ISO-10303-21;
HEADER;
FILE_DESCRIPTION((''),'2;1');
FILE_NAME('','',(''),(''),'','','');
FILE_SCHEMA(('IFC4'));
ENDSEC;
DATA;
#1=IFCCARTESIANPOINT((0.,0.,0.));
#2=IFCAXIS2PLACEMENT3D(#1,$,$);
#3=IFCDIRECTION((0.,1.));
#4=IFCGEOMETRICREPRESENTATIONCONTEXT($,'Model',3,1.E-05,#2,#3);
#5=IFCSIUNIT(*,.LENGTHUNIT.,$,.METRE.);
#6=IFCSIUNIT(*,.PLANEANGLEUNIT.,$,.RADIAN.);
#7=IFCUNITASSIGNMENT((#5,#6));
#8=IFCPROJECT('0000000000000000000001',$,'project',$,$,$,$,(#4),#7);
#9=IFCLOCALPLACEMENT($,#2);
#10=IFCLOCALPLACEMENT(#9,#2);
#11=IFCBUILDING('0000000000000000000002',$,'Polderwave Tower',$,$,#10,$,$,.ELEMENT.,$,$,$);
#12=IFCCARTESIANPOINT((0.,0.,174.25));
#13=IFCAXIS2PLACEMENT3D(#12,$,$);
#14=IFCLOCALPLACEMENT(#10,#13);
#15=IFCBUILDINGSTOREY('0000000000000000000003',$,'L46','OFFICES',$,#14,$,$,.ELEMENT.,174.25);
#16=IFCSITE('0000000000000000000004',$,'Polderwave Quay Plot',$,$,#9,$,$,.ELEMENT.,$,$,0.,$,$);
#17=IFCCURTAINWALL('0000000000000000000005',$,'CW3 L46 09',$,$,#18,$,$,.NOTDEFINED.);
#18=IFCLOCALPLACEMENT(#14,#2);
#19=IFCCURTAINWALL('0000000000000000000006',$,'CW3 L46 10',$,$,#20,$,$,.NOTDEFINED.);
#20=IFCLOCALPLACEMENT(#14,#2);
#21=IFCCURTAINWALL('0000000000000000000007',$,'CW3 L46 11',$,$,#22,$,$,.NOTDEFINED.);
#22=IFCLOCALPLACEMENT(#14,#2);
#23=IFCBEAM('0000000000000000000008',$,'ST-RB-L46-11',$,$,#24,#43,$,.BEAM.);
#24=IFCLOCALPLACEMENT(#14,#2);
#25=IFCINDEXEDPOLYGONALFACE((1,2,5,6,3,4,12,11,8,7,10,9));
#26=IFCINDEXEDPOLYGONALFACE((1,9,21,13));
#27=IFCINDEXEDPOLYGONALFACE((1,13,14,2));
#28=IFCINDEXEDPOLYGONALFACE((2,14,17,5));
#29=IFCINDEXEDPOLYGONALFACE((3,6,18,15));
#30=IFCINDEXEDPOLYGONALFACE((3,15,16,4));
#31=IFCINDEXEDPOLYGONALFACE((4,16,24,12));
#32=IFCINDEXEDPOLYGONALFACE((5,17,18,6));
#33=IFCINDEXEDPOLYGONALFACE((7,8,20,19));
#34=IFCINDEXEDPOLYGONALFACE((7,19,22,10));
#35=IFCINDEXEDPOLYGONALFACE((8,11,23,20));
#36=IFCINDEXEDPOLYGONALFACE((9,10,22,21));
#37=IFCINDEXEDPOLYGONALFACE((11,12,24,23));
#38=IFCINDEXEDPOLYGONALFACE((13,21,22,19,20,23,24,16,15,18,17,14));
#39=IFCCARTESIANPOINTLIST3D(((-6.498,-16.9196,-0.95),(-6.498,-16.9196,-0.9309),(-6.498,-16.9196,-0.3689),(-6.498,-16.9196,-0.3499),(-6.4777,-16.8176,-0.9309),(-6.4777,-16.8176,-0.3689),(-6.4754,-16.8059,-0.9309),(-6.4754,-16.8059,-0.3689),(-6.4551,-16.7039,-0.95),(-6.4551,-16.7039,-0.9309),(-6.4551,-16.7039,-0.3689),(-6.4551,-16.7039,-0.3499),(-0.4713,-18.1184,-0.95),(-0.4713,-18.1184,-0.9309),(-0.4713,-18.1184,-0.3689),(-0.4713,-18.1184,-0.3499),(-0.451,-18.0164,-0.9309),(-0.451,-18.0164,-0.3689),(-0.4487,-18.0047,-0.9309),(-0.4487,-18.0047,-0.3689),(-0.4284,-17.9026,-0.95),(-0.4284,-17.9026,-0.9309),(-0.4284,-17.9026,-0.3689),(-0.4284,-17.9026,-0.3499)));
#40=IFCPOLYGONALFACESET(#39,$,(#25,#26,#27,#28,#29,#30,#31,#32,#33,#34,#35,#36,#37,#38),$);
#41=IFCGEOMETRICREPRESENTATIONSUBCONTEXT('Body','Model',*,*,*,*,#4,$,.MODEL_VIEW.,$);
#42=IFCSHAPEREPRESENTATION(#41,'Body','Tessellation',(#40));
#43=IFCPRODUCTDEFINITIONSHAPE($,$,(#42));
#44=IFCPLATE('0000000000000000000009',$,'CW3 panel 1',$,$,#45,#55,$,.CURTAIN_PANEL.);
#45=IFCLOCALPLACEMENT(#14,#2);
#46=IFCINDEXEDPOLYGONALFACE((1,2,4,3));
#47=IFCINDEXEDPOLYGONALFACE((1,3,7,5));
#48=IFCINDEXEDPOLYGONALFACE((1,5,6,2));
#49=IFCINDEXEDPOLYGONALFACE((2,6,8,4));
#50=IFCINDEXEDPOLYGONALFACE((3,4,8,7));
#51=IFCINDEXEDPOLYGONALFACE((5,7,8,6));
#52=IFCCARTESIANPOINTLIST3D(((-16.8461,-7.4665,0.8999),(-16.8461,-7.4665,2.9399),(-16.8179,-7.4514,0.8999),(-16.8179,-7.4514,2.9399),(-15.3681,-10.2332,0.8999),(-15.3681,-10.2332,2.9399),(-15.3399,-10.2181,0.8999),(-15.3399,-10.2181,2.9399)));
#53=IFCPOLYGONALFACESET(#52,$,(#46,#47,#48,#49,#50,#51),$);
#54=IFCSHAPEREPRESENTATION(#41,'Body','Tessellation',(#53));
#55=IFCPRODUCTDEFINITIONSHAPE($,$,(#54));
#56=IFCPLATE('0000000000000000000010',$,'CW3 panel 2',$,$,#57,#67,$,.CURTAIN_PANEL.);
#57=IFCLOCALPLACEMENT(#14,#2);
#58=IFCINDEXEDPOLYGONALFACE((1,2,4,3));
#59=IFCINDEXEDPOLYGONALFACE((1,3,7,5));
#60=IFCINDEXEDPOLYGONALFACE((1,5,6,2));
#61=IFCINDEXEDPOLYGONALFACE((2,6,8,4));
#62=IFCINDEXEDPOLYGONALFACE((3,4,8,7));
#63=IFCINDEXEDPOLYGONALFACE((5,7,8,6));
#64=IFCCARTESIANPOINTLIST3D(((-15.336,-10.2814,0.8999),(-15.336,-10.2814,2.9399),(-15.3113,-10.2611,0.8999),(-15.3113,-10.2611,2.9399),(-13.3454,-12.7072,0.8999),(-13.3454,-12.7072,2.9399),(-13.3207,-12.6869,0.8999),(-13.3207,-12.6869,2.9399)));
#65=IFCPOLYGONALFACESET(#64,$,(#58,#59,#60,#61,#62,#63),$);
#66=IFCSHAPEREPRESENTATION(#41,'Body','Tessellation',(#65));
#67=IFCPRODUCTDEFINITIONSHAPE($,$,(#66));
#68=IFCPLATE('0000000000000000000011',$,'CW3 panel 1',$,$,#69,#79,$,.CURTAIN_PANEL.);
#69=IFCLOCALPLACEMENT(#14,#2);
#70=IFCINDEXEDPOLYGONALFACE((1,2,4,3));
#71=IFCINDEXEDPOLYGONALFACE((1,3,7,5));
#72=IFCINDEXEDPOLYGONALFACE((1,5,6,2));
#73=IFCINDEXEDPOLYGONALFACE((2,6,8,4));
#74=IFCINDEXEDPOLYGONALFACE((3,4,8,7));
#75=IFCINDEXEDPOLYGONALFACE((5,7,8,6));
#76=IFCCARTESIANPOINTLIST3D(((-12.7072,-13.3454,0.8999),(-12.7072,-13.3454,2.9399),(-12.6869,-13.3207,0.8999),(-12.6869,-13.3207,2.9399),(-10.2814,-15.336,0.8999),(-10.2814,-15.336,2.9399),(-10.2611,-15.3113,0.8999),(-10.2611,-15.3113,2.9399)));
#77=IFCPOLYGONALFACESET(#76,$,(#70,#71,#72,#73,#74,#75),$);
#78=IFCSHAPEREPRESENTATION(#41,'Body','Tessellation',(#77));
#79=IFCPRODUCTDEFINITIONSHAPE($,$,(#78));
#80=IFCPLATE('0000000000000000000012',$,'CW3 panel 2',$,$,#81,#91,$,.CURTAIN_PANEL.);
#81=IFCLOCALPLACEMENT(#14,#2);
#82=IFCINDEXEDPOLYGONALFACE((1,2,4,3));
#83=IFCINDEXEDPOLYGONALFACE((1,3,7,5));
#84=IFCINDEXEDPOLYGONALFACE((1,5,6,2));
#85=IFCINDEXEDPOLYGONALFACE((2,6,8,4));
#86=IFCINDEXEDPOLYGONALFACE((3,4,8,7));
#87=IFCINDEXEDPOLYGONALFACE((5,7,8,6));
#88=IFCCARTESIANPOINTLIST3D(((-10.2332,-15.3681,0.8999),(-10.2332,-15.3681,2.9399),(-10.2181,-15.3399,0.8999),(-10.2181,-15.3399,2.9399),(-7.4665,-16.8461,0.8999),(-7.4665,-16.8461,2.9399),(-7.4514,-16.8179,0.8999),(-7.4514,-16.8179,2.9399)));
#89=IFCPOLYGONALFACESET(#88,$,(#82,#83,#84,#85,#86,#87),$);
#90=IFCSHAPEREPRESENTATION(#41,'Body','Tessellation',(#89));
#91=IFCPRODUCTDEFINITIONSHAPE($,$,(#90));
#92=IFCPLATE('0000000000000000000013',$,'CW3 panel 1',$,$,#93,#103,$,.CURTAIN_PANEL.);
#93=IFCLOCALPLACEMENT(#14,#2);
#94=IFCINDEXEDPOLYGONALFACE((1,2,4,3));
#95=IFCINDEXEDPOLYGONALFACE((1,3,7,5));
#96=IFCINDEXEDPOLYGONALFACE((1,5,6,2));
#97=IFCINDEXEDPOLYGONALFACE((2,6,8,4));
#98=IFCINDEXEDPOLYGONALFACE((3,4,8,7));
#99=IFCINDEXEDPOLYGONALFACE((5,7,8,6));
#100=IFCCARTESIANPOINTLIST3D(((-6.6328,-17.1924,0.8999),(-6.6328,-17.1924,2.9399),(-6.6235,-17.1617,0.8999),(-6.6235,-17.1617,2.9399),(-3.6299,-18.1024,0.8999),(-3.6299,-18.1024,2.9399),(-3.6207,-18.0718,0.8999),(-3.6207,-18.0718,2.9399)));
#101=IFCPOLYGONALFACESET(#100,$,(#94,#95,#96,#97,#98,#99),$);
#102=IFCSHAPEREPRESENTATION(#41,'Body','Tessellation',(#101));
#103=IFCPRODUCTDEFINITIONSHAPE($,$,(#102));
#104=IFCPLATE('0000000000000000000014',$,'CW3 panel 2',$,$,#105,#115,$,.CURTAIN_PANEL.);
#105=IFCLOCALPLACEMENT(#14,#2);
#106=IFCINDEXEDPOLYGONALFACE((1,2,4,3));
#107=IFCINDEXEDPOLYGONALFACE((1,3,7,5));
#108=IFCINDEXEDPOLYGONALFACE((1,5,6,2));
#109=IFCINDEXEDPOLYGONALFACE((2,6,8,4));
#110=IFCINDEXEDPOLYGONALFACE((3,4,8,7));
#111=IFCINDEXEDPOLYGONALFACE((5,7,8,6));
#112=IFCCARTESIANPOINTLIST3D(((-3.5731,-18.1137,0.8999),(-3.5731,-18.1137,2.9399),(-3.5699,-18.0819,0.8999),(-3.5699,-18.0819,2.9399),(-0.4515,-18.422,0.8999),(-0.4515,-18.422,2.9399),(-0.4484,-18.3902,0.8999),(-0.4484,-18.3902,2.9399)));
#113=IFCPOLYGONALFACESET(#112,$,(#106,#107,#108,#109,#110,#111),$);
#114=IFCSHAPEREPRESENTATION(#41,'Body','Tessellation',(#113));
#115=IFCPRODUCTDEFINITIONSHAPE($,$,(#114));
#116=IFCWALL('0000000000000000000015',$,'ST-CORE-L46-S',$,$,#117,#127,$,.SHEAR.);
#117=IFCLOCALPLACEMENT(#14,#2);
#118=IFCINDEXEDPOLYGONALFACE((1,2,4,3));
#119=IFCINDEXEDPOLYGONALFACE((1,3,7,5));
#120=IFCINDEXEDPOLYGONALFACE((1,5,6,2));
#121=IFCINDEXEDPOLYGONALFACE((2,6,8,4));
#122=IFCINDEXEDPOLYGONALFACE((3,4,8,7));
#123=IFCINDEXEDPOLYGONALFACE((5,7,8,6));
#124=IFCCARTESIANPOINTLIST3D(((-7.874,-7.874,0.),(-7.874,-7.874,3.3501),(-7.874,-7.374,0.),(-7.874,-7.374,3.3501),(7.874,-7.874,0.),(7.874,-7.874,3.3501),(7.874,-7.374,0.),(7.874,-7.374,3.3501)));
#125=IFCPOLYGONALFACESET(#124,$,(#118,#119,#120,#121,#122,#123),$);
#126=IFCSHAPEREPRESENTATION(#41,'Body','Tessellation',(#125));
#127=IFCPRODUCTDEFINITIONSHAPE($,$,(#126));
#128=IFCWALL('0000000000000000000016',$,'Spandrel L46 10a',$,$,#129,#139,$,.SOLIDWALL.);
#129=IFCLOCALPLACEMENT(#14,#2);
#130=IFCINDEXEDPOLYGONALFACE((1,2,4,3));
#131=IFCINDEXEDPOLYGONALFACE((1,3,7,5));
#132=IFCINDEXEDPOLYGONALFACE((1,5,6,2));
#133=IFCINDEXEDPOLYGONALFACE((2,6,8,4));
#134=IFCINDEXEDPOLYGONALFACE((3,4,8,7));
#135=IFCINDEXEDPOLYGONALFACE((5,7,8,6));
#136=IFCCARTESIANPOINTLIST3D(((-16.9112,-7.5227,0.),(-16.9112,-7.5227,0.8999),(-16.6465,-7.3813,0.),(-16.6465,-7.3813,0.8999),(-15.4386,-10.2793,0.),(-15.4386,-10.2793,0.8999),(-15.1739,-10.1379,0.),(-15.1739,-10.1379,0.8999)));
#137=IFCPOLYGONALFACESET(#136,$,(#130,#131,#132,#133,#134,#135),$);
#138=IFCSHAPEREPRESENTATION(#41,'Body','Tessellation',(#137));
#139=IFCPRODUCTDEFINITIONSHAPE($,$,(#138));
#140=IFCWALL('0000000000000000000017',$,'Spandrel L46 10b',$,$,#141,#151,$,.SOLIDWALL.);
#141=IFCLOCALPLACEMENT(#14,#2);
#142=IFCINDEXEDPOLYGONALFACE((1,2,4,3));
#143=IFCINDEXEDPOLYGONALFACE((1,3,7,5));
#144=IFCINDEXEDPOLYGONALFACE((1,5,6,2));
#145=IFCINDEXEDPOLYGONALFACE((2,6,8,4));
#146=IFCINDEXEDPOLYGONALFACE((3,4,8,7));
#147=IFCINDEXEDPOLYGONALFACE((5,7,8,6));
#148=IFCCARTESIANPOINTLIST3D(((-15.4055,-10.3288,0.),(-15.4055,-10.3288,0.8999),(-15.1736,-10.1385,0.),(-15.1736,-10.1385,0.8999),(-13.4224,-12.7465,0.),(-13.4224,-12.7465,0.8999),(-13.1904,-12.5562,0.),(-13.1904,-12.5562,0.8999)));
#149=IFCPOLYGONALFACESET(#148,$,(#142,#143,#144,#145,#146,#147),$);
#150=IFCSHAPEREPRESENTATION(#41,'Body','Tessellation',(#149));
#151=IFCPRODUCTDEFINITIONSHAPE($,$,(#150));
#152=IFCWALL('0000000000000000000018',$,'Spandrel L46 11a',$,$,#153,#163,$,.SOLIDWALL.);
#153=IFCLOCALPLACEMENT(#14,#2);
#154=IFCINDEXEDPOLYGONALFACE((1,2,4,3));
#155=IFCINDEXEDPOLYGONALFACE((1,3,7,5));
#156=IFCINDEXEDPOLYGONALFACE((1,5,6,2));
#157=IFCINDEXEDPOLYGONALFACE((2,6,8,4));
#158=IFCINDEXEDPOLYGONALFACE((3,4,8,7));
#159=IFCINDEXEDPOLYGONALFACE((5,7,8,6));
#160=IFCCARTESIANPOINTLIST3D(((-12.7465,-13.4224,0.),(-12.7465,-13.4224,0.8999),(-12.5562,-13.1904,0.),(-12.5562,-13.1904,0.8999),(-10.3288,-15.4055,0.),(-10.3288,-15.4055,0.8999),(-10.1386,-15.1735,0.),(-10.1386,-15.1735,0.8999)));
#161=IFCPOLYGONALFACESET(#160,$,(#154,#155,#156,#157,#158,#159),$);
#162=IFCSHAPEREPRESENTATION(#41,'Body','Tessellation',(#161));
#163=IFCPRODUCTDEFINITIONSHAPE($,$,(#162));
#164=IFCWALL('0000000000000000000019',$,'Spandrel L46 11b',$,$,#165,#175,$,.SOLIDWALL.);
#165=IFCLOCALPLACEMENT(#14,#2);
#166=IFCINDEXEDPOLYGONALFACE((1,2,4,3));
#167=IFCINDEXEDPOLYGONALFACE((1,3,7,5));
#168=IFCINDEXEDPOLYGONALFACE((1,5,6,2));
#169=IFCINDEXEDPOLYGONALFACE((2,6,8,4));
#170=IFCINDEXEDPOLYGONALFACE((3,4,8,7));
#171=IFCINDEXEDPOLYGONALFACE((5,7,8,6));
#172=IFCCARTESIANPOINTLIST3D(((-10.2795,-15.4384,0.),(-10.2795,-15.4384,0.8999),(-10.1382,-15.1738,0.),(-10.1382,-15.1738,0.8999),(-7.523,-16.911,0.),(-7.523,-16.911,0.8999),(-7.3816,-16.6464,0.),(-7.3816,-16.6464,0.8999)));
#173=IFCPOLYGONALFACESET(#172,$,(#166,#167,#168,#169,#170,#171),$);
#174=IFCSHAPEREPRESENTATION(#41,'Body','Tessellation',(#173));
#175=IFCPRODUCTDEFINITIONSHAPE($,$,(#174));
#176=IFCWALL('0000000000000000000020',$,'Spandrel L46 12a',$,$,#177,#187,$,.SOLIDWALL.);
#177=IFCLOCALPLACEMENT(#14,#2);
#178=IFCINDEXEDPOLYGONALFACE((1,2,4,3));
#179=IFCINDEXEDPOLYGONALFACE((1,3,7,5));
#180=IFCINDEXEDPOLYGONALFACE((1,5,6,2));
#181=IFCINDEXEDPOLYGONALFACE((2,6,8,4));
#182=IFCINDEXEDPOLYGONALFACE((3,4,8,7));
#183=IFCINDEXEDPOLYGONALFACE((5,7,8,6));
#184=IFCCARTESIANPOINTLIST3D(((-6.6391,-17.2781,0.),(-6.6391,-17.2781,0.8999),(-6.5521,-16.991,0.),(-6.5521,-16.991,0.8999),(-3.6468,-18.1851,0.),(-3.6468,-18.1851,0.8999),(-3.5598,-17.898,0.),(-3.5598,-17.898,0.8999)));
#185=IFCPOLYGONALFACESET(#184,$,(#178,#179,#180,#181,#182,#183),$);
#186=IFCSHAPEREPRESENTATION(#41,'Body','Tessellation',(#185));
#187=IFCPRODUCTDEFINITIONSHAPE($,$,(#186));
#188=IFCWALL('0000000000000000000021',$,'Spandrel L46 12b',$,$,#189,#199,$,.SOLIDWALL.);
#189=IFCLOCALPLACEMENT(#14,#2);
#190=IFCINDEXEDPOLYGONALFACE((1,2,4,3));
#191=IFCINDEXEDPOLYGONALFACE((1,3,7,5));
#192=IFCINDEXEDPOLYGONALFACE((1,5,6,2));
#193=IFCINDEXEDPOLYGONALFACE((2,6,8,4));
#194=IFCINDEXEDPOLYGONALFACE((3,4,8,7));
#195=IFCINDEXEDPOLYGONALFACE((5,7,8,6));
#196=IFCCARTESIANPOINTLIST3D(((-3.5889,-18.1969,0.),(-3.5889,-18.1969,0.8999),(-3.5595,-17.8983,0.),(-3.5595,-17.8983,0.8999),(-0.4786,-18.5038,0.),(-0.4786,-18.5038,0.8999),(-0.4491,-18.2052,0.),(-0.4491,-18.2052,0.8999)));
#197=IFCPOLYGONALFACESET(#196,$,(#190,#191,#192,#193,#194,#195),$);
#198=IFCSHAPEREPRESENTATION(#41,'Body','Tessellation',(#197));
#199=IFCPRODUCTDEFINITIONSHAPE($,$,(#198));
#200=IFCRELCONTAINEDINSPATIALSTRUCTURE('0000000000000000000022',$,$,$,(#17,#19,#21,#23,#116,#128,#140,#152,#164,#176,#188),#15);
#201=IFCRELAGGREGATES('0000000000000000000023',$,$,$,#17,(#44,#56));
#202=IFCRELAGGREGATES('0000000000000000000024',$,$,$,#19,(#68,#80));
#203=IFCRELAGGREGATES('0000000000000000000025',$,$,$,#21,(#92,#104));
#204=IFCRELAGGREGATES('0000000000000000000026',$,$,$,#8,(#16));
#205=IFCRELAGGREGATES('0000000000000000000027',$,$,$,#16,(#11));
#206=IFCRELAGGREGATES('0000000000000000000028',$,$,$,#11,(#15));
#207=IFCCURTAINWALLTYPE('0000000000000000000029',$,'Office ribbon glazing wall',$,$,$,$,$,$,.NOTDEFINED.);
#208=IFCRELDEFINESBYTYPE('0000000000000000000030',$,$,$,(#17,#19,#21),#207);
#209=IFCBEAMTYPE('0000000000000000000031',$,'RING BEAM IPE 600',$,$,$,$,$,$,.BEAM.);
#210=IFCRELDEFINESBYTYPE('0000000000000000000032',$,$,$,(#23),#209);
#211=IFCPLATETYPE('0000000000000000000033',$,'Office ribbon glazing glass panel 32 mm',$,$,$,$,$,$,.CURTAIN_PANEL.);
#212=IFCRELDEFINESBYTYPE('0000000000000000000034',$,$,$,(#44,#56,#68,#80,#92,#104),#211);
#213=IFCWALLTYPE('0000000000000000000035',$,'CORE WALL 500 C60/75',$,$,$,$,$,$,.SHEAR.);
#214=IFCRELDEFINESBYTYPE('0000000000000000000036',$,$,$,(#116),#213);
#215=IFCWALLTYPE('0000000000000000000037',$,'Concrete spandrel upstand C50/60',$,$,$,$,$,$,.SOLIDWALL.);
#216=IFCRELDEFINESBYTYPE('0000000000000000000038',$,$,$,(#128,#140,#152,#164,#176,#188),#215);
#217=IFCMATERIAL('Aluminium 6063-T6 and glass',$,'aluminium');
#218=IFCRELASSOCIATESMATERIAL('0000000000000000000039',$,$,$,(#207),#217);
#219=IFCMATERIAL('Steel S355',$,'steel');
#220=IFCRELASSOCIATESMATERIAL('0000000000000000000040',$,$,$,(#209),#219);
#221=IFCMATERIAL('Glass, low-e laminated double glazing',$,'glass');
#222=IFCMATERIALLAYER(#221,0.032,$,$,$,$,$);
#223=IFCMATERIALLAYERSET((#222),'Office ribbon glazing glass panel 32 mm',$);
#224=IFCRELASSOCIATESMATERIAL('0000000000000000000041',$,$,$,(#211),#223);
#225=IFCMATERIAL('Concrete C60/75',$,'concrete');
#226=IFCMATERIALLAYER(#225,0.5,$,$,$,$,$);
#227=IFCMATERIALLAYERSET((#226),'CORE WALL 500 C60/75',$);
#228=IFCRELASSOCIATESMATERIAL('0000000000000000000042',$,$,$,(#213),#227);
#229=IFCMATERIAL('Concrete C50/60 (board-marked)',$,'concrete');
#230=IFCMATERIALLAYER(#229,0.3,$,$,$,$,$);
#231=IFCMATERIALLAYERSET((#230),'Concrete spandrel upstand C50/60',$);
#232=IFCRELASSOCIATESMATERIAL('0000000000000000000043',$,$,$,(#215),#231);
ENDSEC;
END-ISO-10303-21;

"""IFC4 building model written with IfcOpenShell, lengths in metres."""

from ifc_helpers import new_model, si_unit, direction, frame, frame_2d, origin, origin_2d, place, context, subcontext, project, spatial, rectangle, i_section, extrude, material, layer, layer_set, material_profile, profile_set, type_object, element, aggregate, save


model = new_model("IFC4")

# Units and contexts
model_context = context("Model", 3, precision=1e-05, world=origin(), true_north=direction((0.0, 1.0)))
body_context = subcontext(model_context, "Body", "Model", "MODEL_VIEW")
ifc_project = project(units=[si_unit("LENGTHUNIT", "METRE"), si_unit("PLANEANGLEUNIT", "RADIAN")], contexts=[model_context])

# Site, building, storey
site_placement = place(None, origin())
site = spatial("IfcSite", under=ifc_project, at=site_placement, Name="Polderwave Quay Plot", CompositionType="ELEMENT", RefElevation=0.0)
building_placement = place(site_placement, origin())
building = spatial("IfcBuilding", under=site, at=building_placement, Name="Polderwave Tower", CompositionType="ELEMENT")
storey_placement = place(building_placement, frame((0.0, 0.0, 174.25)))
storey = spatial("IfcBuildingStorey", under=building, at=storey_placement, Name="L46", Description="OFFICES", CompositionType="ELEMENT", Elevation=174.25)

# Shared definitions
ifc_material_1 = material(Name="Concrete C60/75", Category="concrete")

# Curtain walls
ifc_material_2 = material(Name="Aluminium 6063-T6 and glass", Category="aluminium")
curtain_wall_type = type_object("IfcCurtainWallType", Name="Office ribbon glazing wall", PredefinedType="NOTDEFINED", material=ifc_material_2)
curtain_wall_1_placement = place(storey_placement, origin())
curtain_wall_1 = element("IfcCurtainWall", 1, at=curtain_wall_1_placement, inside=storey, type_object=curtain_wall_type, Name="CW3 L46 09", PredefinedType="NOTDEFINED")
curtain_wall_2_placement = place(storey_placement, origin())
curtain_wall_2 = element("IfcCurtainWall", 2, at=curtain_wall_2_placement, inside=storey, type_object=curtain_wall_type, Name="CW3 L46 10", PredefinedType="NOTDEFINED")
curtain_wall_3_placement = place(storey_placement, origin())
curtain_wall_3 = element("IfcCurtainWall", 3, at=curtain_wall_3_placement, inside=storey, type_object=curtain_wall_type, Name="CW3 L46 11", PredefinedType="NOTDEFINED")

# Beam
ifc_material_3 = material(Name="Steel S355", Category="steel")
ifc_material_profile_1 = material_profile(ifc_material_3, i_section(OverallWidth=0.22, OverallDepth=0.6001, WebThickness=0.012, FlangeThickness=0.019, at=origin_2d()), Name="IPE 600")
ifc_profile_set_1 = profile_set([ifc_material_profile_1], Name="Steel S355")
beam_type = type_object("IfcBeamType", Name="RING BEAM IPE 600", PredefinedType="BEAM", material=ifc_profile_set_1)
for number, where, z_axis, x_axis, name in (
    (4, (-6.4766, -16.8118, -0.6499), (0.980786, -0.195085, 0.0), (0.195085, 0.980786, 0.0), "ST-RB-L46-11"),
):
    element("IfcBeam", number, at=place(storey_placement, frame(where, z_axis=z_axis, x_axis=x_axis)), inside=storey, type_object=beam_type, Name=name, PredefinedType="BEAM", context=body_context, shape_type="SweptSolid", body=[
        extrude(i_section(OverallWidth=0.22, OverallDepth=0.6001, WebThickness=0.012, FlangeThickness=0.019, at=origin_2d()), origin(), (0.0, 0.0, 1.0), 6.1448),
    ])

# Plates
ifc_material_4 = material(Name="Glass, low-e laminated double glazing", Category="glass")
ifc_layer_1 = layer(ifc_material_4, 0.032)
ifc_layer_set_1 = layer_set([ifc_layer_1], Name="Office ribbon glazing glass panel 32 mm")
plate_type = type_object("IfcPlateType", Name="Office ribbon glazing glass panel 32 mm", PredefinedType="CURTAIN_PANEL", material=ifc_layer_set_1)
plate_1_placement = place(storey_placement, frame((-16.093, -8.8423, 0.8999), z_axis=(0.0, 0.0, 1.0), x_axis=(0.471195, -0.882029, 0.0)))
plate_1 = element("IfcPlate", 5, at=plate_1_placement, type_object=plate_type, Name="CW3 panel 1", PredefinedType="CURTAIN_PANEL", context=body_context, shape_type="SweptSolid", body=[
    extrude(rectangle(XDim=3.1367, YDim=0.032, at=origin_2d()), origin(), (0.0, 0.0, 1.0), 2.04),
])
plate_2_placement = place(storey_placement, frame((-14.3284, -11.4841, 0.8999), z_axis=(0.0, 0.0, 1.0), x_axis=(0.634356, -0.773041, 0.0)))
plate_2 = element("IfcPlate", 6, at=plate_2_placement, type_object=plate_type, Name="CW3 panel 2", PredefinedType="CURTAIN_PANEL", context=body_context, shape_type="SweptSolid", body=[
    extrude(rectangle(XDim=3.1379, YDim=0.032, at=origin_2d()), origin(), (0.0, 0.0, 1.0), 2.04),
])
aggregate(curtain_wall_1, [plate_1, plate_2])
plate_3_placement = place(storey_placement, frame((-11.4841, -14.3284, 0.8999), z_axis=(0.0, 0.0, 1.0), x_axis=(0.773041, -0.634356, 0.0)))
plate_3 = element("IfcPlate", 7, at=plate_3_placement, type_object=plate_type, Name="CW3 panel 1", PredefinedType="CURTAIN_PANEL", context=body_context, shape_type="SweptSolid", body=[
    extrude(rectangle(XDim=3.1379, YDim=0.032, at=origin_2d()), origin(), (0.0, 0.0, 1.0), 2.04),
])
plate_4_placement = place(storey_placement, frame((-8.8423, -16.093, 0.8999), z_axis=(0.0, 0.0, 1.0), x_axis=(0.882029, -0.471195, 0.0)))
plate_4 = element("IfcPlate", 8, at=plate_4_placement, type_object=plate_type, Name="CW3 panel 2", PredefinedType="CURTAIN_PANEL", context=body_context, shape_type="SweptSolid", body=[
    extrude(rectangle(XDim=3.1367, YDim=0.032, at=origin_2d()), origin(), (0.0, 0.0, 1.0), 2.04),
])
aggregate(curtain_wall_2, [plate_3, plate_4])
plate_5_placement = place(storey_placement, frame((-5.1267, -17.6321, 0.8999), z_axis=(0.0, 0.0, 1.0), x_axis=(0.957014, -0.290042, 0.0)))
plate_5 = element("IfcPlate", 9, at=plate_5_placement, type_object=plate_type, Name="CW3 panel 1", PredefinedType="CURTAIN_PANEL", context=body_context, shape_type="SweptSolid", body=[
    extrude(rectangle(XDim=3.1377, YDim=0.032, at=origin_2d()), origin(), (0.0, 0.0, 1.0), 2.04),
])
plate_6_placement = place(storey_placement, frame((-2.0107, -18.252, 0.8999), z_axis=(0.0, 0.0, 1.0), x_axis=(0.995159, -0.098283, 0.0)))
plate_6 = element("IfcPlate", 10, at=plate_6_placement, type_object=plate_type, Name="CW3 panel 2", PredefinedType="CURTAIN_PANEL", context=body_context, shape_type="SweptSolid", body=[
    extrude(rectangle(XDim=3.1367, YDim=0.032, at=origin_2d()), origin(), (0.0, 0.0, 1.0), 2.04),
])
aggregate(curtain_wall_3, [plate_5, plate_6])

# Walls
ifc_layer_2 = layer(ifc_material_1, 0.5)
ifc_layer_set_2 = layer_set([ifc_layer_2], Name="CORE WALL 500 C60/75")
wall_type_1 = type_object("IfcWallType", Name="CORE WALL 500 C60/75", PredefinedType="SHEAR", material=ifc_layer_set_2)
wall_1_placement = place(storey_placement, frame((-7.874, -7.624, 0.0), z_axis=(0.0, 0.0, 1.0), x_axis=(1.0, 0.0, 0.0)))
element("IfcWall", 11, at=wall_1_placement, inside=storey, type_object=wall_type_1, Name="ST-CORE-L46-S", PredefinedType="SHEAR", context=body_context, shape_type="SweptSolid", body=[
    extrude(rectangle(XDim=15.748, YDim=0.5, at=frame_2d((7.874, 0.0))), origin(), (0.0, 0.0, 1.0), 3.3501),
])
ifc_material_5 = material(Name="Concrete C50/60 (board-marked)", Category="concrete")
ifc_layer_3 = layer(ifc_material_5, 0.3)
ifc_layer_set_3 = layer_set([ifc_layer_3], Name="Concrete spandrel upstand C50/60")
wall_type_2 = type_object("IfcWallType", Name="Concrete spandrel upstand C50/60", PredefinedType="SOLIDWALL", material=ifc_layer_set_3)
wall_2_placement = place(storey_placement, frame((-16.7788, -7.4521, 0.0), z_axis=(0.0, 0.0, 1.0), x_axis=(0.471204, -0.882024, 0.0)))
element("IfcWall", 12, at=wall_2_placement, inside=storey, type_object=wall_type_2, Name="Spandrel L46 10a", PredefinedType="SOLIDWALL", context=body_context, shape_type="SweptSolid", body=[
    extrude(rectangle(XDim=3.1252, YDim=0.3, at=frame_2d((1.5625, 0.0))), origin(), (0.0, 0.0, 1.0), 0.8999),
])
for number, where, z_axis, x_axis, name in (
    (13, (-15.2896, -10.2336, 0.0), (0.0, 0.0, 1.0), (0.634198, -0.773171, 0.0), "Spandrel L46 10b"),
    (14, (-12.6514, -13.3064, 0.0), (0.0, 0.0, 1.0), (0.773171, -0.634198, 0.0), "Spandrel L46 11a"),
):
    element("IfcWall", number, at=place(storey_placement, frame(where, z_axis=z_axis, x_axis=x_axis)), inside=storey, type_object=wall_type_2, Name=name, PredefinedType="SOLIDWALL", context=body_context, shape_type="SweptSolid", body=[
        extrude(rectangle(XDim=3.127, YDim=0.3, at=frame_2d((1.5635, 0.0))), origin(), (0.0, 0.0, 1.0), 0.8999),
    ])
wall_3_placement = place(storey_placement, frame((-10.2087, -15.3062, 0.0), z_axis=(0.0, 0.0, 1.0), x_axis=(0.882024, -0.471204, 0.0)))
element("IfcWall", 15, at=wall_3_placement, inside=storey, type_object=wall_type_2, Name="Spandrel L46 11b", PredefinedType="SOLIDWALL", context=body_context, shape_type="SweptSolid", body=[
    extrude(rectangle(XDim=3.1252, YDim=0.3, at=frame_2d((1.5625, 0.0))), origin(), (0.0, 0.0, 1.0), 0.8999),
])
wall_4_placement = place(storey_placement, frame((-6.5957, -17.1345, 0.0), z_axis=(0.0, 0.0, 1.0), x_axis=(0.957001, -0.290083, 0.0)))
element("IfcWall", 16, at=wall_4_placement, inside=storey, type_object=wall_type_2, Name="Spandrel L46 12a", PredefinedType="SOLIDWALL", context=body_context, shape_type="SweptSolid", body=[
    extrude(rectangle(XDim=3.1267, YDim=0.3, at=frame_2d((1.5635, 0.0))), origin(), (0.0, 0.0, 1.0), 0.8999),
])
wall_5_placement = place(storey_placement, frame((-3.5742, -18.0476, 0.0), z_axis=(0.0, 0.0, 1.0), x_axis=(0.995168, -0.098189, 0.0)))
element("IfcWall", 17, at=wall_5_placement, inside=storey, type_object=wall_type_2, Name="Spandrel L46 12b", PredefinedType="SOLIDWALL", context=body_context, shape_type="SweptSolid", body=[
    extrude(rectangle(XDim=3.1255, YDim=0.3, at=frame_2d((1.5627, 0.0))), origin(), (0.0, 0.0, 1.0), 0.8999),
])

save(model, "model.ifc")
